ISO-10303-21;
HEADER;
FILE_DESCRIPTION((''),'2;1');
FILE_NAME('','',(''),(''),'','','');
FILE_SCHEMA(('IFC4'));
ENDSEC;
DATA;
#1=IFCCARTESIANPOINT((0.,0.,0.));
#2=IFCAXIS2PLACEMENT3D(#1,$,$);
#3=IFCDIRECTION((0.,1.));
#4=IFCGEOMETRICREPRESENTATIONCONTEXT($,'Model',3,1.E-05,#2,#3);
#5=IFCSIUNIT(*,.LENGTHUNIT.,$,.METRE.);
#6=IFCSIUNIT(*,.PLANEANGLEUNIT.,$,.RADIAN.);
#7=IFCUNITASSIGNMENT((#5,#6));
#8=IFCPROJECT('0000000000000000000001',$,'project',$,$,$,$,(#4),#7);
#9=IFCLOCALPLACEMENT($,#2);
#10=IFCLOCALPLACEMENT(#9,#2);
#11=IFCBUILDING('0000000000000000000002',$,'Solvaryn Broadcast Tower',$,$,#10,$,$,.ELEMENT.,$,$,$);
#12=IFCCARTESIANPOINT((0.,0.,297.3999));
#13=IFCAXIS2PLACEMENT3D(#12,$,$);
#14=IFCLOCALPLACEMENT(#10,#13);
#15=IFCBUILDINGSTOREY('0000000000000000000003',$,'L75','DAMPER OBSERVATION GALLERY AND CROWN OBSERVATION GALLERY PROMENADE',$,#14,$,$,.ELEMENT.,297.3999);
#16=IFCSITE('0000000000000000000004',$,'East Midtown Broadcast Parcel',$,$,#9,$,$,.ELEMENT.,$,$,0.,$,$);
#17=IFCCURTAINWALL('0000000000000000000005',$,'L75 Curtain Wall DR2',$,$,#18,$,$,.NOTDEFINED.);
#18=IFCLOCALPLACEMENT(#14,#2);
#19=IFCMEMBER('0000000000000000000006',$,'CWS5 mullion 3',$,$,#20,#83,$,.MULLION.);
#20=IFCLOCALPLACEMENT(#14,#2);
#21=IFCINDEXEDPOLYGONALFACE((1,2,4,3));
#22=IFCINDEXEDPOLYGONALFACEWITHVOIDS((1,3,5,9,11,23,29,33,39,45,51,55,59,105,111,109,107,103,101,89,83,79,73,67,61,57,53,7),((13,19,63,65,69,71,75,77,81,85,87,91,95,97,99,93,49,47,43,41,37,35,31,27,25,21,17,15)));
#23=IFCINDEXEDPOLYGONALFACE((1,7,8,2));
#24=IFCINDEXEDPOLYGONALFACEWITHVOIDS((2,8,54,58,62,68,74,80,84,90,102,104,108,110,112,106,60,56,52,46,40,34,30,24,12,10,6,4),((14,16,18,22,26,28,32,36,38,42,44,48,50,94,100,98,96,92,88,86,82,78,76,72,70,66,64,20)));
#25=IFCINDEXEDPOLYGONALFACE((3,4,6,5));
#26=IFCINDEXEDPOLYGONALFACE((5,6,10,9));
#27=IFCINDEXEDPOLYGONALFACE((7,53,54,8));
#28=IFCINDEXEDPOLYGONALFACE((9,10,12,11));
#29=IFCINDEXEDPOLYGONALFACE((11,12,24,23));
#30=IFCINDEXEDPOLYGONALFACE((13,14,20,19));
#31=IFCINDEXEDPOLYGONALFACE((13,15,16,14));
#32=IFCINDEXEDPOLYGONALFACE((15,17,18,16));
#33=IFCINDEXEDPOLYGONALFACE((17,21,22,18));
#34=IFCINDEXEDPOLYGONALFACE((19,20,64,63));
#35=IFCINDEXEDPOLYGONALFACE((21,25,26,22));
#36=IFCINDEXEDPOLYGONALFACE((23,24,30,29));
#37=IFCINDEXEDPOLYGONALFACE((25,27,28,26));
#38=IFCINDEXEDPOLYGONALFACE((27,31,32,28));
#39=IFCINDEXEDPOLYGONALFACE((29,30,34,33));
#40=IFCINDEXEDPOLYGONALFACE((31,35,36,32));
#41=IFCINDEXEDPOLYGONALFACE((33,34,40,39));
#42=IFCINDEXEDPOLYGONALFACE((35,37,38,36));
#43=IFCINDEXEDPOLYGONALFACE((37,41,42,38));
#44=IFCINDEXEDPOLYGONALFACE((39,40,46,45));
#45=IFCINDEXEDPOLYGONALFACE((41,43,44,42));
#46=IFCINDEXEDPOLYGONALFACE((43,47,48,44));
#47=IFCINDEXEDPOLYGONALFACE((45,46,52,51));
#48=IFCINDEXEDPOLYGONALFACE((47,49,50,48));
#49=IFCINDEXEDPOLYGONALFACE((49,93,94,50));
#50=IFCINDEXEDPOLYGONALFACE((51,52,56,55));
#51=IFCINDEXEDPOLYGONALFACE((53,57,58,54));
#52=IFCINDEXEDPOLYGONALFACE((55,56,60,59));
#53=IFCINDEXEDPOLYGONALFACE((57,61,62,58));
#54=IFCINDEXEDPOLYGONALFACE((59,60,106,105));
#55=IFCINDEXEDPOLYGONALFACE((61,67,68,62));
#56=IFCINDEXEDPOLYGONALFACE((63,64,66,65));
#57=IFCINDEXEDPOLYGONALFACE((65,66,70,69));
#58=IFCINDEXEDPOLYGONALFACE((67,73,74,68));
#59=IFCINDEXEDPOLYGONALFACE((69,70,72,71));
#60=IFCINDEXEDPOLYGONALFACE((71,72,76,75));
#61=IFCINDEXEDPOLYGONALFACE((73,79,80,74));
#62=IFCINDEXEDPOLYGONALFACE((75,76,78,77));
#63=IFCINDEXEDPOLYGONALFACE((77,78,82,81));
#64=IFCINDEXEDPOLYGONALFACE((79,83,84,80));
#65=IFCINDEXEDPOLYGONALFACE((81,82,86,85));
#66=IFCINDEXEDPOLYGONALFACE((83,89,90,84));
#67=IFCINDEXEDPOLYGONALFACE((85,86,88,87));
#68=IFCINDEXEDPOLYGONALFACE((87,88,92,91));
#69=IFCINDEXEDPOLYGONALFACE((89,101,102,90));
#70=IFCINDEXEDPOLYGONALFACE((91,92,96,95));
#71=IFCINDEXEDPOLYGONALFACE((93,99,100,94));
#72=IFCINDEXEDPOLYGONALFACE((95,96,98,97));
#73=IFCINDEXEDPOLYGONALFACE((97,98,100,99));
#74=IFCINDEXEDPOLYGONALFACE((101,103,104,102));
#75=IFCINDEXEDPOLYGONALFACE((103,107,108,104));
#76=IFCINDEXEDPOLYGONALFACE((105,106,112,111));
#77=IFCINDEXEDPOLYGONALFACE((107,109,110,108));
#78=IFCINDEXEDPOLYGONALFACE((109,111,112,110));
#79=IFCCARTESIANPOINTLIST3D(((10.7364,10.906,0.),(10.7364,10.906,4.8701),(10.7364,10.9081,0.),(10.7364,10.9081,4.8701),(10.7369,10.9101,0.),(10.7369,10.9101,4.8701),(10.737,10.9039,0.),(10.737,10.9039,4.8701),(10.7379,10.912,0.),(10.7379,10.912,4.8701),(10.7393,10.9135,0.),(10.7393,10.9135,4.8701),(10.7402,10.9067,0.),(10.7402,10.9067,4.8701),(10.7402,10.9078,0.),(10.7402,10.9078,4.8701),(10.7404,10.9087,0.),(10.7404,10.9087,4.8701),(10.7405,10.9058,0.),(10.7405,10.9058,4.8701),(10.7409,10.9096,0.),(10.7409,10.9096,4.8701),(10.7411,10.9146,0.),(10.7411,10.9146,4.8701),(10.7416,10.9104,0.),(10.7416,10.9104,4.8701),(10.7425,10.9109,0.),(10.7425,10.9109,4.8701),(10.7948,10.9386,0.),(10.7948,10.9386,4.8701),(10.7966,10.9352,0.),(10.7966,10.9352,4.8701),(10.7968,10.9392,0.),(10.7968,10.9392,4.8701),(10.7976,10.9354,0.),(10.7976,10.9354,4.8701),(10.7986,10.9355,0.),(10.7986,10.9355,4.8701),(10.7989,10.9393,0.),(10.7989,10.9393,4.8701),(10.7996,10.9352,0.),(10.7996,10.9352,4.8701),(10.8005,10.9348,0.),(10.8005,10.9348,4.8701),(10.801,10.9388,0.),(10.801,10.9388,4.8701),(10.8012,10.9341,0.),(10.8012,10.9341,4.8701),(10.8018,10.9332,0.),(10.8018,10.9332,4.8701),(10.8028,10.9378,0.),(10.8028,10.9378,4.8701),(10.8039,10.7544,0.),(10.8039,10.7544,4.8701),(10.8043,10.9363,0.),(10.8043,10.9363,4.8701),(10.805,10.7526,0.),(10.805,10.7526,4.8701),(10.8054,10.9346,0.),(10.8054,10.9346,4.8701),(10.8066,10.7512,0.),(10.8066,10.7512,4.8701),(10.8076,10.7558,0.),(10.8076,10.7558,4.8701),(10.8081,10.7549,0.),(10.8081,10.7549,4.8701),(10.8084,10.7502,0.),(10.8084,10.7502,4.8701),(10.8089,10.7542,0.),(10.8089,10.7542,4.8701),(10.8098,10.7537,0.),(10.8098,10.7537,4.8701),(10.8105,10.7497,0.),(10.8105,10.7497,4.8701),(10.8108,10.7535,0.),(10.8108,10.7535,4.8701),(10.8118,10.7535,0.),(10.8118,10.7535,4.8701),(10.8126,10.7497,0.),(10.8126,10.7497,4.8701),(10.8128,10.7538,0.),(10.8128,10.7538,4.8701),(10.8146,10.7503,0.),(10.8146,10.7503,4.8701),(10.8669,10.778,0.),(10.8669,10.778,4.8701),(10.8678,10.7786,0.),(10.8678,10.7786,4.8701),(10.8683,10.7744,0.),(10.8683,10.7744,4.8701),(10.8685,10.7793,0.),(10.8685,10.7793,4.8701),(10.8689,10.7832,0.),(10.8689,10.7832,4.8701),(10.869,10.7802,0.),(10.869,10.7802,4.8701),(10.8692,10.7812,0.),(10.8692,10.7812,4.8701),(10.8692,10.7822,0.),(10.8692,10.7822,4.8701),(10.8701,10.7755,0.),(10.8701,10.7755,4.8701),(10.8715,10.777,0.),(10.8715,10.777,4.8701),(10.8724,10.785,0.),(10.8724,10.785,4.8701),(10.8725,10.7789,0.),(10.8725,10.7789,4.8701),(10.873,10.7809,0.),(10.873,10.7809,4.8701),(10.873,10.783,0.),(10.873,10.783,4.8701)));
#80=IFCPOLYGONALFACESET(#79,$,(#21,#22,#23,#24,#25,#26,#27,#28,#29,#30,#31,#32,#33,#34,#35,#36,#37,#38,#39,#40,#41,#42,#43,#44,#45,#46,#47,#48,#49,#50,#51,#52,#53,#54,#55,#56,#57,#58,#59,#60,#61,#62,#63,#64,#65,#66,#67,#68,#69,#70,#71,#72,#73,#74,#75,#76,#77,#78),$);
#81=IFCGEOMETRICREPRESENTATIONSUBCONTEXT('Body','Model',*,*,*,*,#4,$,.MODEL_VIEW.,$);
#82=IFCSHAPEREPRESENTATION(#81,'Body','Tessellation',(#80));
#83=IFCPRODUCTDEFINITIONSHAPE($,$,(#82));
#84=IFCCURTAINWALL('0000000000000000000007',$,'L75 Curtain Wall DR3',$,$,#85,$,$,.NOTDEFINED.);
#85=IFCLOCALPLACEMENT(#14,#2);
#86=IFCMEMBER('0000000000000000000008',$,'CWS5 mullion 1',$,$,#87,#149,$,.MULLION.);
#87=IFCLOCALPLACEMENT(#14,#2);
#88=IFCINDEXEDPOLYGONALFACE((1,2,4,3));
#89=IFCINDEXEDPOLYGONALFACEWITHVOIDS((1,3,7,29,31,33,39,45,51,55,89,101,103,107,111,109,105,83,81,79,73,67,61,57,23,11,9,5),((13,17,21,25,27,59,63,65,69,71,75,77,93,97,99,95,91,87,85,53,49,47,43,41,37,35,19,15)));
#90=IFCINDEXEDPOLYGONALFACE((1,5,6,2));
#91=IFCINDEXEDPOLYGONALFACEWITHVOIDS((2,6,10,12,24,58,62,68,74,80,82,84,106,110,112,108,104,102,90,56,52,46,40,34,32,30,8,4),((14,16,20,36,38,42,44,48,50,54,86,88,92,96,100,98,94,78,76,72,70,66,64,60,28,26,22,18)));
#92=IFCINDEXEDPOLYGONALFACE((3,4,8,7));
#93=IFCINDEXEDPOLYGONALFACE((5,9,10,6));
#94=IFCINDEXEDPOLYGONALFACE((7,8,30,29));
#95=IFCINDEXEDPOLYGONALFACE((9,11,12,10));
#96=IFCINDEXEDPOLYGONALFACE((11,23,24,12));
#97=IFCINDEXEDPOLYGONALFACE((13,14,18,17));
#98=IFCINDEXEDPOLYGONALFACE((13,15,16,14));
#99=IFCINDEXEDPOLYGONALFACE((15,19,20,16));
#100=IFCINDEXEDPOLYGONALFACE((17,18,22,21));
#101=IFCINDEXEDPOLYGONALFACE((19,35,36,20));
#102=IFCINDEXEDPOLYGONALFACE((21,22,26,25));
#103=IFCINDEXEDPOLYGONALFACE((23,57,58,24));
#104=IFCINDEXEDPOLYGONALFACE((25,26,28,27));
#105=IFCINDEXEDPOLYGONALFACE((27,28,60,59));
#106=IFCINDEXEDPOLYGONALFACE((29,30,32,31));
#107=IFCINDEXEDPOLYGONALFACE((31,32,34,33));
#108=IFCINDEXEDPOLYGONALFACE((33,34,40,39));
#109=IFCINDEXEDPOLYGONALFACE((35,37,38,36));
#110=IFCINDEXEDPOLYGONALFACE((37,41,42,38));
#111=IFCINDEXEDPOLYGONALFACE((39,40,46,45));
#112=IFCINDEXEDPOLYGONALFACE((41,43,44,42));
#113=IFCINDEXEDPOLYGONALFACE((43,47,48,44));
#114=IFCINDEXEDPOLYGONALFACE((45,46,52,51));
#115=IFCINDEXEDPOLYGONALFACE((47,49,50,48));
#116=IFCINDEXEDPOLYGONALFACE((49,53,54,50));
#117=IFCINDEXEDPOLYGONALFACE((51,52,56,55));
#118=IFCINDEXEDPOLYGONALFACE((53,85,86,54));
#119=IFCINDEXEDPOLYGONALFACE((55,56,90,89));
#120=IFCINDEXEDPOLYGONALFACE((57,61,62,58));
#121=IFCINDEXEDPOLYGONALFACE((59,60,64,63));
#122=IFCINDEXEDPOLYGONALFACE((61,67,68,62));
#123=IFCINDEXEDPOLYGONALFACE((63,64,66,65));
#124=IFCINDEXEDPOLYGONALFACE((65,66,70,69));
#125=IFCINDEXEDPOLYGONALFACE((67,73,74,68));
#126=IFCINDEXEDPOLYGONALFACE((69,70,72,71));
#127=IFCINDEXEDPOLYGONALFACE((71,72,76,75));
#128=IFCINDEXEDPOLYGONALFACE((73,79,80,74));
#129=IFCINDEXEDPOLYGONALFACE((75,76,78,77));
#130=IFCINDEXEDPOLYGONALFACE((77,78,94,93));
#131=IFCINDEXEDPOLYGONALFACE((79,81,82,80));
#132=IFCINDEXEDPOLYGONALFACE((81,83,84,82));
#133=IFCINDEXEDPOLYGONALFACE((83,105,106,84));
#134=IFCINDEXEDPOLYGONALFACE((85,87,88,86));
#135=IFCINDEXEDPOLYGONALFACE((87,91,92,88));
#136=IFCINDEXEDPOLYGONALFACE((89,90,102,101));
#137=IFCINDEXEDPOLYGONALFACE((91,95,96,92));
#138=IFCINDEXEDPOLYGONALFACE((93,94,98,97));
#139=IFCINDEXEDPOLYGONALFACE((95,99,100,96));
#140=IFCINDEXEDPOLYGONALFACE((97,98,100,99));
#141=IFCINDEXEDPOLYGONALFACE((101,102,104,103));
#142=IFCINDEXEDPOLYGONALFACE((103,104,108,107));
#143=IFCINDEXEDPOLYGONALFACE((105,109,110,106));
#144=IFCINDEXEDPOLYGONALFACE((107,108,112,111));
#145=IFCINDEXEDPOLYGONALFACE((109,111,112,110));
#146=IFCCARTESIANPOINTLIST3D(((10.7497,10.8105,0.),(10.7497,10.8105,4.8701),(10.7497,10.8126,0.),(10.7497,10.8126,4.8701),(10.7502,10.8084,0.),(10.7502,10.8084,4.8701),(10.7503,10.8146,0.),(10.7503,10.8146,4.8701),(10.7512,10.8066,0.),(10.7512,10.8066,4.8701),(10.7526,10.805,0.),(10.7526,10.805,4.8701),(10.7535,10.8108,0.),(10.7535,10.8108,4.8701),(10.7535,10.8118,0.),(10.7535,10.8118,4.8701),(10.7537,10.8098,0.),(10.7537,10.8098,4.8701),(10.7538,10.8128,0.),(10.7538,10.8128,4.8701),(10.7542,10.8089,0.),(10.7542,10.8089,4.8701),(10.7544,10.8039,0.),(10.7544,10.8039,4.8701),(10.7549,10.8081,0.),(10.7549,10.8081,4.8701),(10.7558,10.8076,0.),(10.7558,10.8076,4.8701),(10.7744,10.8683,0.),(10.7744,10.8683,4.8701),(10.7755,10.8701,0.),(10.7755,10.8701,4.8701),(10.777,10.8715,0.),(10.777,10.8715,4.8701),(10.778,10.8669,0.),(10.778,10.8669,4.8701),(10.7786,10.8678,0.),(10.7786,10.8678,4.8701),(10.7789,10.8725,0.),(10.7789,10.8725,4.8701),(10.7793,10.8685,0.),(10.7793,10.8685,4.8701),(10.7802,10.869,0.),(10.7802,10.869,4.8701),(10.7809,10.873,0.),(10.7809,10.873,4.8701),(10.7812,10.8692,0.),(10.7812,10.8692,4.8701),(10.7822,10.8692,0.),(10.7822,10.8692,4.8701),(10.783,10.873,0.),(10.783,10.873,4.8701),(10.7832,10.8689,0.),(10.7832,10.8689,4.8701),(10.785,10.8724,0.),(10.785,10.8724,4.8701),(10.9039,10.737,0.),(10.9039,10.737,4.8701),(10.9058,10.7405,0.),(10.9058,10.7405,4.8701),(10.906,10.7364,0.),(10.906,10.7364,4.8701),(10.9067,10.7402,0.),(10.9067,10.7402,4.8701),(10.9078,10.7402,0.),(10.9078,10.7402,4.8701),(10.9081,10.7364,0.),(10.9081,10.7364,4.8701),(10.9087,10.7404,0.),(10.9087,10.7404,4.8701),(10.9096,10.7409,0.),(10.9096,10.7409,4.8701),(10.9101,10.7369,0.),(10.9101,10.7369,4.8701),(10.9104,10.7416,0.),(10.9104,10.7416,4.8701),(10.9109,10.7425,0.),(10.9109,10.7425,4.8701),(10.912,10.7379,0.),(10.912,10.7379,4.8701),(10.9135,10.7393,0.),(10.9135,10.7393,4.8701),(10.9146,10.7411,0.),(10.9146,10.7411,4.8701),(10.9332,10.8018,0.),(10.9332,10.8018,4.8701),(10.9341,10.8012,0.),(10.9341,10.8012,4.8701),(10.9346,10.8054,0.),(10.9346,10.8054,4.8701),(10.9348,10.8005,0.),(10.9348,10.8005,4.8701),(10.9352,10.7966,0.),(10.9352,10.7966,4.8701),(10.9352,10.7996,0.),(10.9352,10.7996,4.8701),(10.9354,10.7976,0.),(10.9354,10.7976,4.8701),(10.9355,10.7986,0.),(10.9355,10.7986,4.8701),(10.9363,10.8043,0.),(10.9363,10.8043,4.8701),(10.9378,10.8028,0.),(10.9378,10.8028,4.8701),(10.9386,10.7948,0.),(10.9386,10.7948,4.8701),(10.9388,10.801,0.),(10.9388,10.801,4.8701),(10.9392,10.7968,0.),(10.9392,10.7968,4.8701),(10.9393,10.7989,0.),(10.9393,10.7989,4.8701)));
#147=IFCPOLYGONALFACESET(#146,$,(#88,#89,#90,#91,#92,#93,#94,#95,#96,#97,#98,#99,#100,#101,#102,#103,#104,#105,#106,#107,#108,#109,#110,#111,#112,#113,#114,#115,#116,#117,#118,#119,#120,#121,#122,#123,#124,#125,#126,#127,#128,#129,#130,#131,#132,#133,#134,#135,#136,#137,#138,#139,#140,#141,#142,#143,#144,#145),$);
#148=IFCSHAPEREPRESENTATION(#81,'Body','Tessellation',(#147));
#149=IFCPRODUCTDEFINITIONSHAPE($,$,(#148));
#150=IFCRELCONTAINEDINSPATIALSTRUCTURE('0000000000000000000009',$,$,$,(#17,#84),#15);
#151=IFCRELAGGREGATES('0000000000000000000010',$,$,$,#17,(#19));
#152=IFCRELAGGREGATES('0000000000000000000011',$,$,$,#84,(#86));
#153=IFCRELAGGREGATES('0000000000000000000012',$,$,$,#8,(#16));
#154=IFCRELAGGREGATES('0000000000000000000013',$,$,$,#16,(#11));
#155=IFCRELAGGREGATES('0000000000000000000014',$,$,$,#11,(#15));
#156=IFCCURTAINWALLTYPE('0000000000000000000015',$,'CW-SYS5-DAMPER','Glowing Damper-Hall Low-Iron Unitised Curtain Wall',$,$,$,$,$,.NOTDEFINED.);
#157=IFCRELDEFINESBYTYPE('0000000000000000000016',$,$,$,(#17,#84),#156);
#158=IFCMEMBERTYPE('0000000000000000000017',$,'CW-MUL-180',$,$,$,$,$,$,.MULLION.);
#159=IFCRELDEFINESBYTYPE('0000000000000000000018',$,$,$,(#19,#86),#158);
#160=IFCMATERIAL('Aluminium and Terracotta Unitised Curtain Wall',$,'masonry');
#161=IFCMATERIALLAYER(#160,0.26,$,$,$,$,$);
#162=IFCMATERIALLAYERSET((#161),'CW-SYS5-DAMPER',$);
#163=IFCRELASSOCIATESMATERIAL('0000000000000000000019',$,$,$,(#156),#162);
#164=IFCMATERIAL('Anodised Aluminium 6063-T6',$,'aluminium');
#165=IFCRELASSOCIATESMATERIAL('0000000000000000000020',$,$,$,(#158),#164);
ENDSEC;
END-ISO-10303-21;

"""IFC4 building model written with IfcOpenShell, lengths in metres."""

from ifc_helpers import new_model, si_unit, direction, frame, origin, origin_2d, place, context, subcontext, project, spatial, hollow_rectangle, extrude, material, layer, layer_set, material_profile, profile_set, type_object, element, aggregate, save


model = new_model("IFC4")

# Units and contexts
model_context = context("Model", 3, precision=1e-05, world=origin(), true_north=direction((0.0, 1.0)))
body_context = subcontext(model_context, "Body", "Model", "MODEL_VIEW")
ifc_project = project(units=[si_unit("LENGTHUNIT", "METRE"), si_unit("PLANEANGLEUNIT", "RADIAN")], contexts=[model_context])

# Site, building, storey
site_placement = place(None, origin())
site = spatial("IfcSite", under=ifc_project, at=site_placement, Name="East Midtown Broadcast Parcel", CompositionType="ELEMENT", RefElevation=0.0)
building_placement = place(site_placement, origin())
building = spatial("IfcBuilding", under=site, at=building_placement, Name="Solvaryn Broadcast Tower", CompositionType="ELEMENT")
storey_placement = place(building_placement, frame((0.0, 0.0, 297.3999)))
storey = spatial("IfcBuildingStorey", under=building, at=storey_placement, Name="L75", Description="DAMPER OBSERVATION GALLERY AND CROWN OBSERVATION GALLERY PROMENADE", CompositionType="ELEMENT", Elevation=297.3999)

# Curtain wall, member
ifc_material_1 = material(Name="Aluminium and Terracotta Unitised Curtain Wall", Category="masonry")
ifc_layer_1 = layer(ifc_material_1, 0.26)
ifc_layer_set_1 = layer_set([ifc_layer_1], Name="CW-SYS5-DAMPER")
curtain_wall_type = type_object("IfcCurtainWallType", Name="CW-SYS5-DAMPER", Description="Glowing Damper-Hall Low-Iron Unitised Curtain Wall", PredefinedType="NOTDEFINED", material=ifc_layer_set_1)
curtain_wall_1_placement = place(storey_placement, origin())
curtain_wall_1 = element("IfcCurtainWall", 1, at=curtain_wall_1_placement, inside=storey, type_object=curtain_wall_type, Name="L75 Curtain Wall DR2", PredefinedType="NOTDEFINED")
ifc_material_2 = material(Name="Anodised Aluminium 6063-T6", Category="aluminium")
ifc_material_profile_1 = material_profile(ifc_material_2, hollow_rectangle(XDim=0.075, YDim=0.1799, WallThickness=0.0039, InnerFilletRadius=0.0039, OuterFilletRadius=0.0081, at=origin_2d()))
ifc_profile_set_1 = profile_set([ifc_material_profile_1], Name="Anodised Aluminium 6063-T6")
member_type_1 = type_object("IfcMemberType", Name="CW-MUL-180", PredefinedType="MULLION", material=ifc_profile_set_1)
member_1_placement = place(storey_placement, frame((10.8047, 10.8445, 0.0), z_axis=(0.0, 0.0, 1.0), x_axis=(0.912774, 0.408466, 0.0)))
member_1 = element("IfcMember", 2, at=member_1_placement, type_object=member_type_1, Name="CWS5 mullion 3", PredefinedType="MULLION", context=body_context, shape_type="SweptSolid", body=[
    extrude(hollow_rectangle(XDim=0.075, YDim=0.1799, WallThickness=0.0039, InnerFilletRadius=0.0039, OuterFilletRadius=0.0081, at=origin_2d()), origin(), (0.0, 0.0, 1.0), 4.8701),
])
aggregate(curtain_wall_1, [member_1])

# Curtain wall, member
curtain_wall_2_placement = place(storey_placement, origin())
curtain_wall_2 = element("IfcCurtainWall", 3, at=curtain_wall_2_placement, inside=storey, type_object=curtain_wall_type, Name="L75 Curtain Wall DR3", PredefinedType="NOTDEFINED")
member_2_placement = place(storey_placement, frame((10.8445, 10.8047, 0.0), z_axis=(0.0, 0.0, 1.0), x_axis=(0.408466, 0.912774, 0.0)))
member_2 = element("IfcMember", 4, at=member_2_placement, type_object=member_type_1, Name="CWS5 mullion 1", PredefinedType="MULLION", context=body_context, shape_type="SweptSolid", body=[
    extrude(hollow_rectangle(XDim=0.075, YDim=0.1799, WallThickness=0.0039, InnerFilletRadius=0.0039, OuterFilletRadius=0.0081, at=origin_2d()), origin(), (0.0, 0.0, 1.0), 4.8701),
])

aggregate(curtain_wall_2, [member_2])

save(model, "model.ifc")
